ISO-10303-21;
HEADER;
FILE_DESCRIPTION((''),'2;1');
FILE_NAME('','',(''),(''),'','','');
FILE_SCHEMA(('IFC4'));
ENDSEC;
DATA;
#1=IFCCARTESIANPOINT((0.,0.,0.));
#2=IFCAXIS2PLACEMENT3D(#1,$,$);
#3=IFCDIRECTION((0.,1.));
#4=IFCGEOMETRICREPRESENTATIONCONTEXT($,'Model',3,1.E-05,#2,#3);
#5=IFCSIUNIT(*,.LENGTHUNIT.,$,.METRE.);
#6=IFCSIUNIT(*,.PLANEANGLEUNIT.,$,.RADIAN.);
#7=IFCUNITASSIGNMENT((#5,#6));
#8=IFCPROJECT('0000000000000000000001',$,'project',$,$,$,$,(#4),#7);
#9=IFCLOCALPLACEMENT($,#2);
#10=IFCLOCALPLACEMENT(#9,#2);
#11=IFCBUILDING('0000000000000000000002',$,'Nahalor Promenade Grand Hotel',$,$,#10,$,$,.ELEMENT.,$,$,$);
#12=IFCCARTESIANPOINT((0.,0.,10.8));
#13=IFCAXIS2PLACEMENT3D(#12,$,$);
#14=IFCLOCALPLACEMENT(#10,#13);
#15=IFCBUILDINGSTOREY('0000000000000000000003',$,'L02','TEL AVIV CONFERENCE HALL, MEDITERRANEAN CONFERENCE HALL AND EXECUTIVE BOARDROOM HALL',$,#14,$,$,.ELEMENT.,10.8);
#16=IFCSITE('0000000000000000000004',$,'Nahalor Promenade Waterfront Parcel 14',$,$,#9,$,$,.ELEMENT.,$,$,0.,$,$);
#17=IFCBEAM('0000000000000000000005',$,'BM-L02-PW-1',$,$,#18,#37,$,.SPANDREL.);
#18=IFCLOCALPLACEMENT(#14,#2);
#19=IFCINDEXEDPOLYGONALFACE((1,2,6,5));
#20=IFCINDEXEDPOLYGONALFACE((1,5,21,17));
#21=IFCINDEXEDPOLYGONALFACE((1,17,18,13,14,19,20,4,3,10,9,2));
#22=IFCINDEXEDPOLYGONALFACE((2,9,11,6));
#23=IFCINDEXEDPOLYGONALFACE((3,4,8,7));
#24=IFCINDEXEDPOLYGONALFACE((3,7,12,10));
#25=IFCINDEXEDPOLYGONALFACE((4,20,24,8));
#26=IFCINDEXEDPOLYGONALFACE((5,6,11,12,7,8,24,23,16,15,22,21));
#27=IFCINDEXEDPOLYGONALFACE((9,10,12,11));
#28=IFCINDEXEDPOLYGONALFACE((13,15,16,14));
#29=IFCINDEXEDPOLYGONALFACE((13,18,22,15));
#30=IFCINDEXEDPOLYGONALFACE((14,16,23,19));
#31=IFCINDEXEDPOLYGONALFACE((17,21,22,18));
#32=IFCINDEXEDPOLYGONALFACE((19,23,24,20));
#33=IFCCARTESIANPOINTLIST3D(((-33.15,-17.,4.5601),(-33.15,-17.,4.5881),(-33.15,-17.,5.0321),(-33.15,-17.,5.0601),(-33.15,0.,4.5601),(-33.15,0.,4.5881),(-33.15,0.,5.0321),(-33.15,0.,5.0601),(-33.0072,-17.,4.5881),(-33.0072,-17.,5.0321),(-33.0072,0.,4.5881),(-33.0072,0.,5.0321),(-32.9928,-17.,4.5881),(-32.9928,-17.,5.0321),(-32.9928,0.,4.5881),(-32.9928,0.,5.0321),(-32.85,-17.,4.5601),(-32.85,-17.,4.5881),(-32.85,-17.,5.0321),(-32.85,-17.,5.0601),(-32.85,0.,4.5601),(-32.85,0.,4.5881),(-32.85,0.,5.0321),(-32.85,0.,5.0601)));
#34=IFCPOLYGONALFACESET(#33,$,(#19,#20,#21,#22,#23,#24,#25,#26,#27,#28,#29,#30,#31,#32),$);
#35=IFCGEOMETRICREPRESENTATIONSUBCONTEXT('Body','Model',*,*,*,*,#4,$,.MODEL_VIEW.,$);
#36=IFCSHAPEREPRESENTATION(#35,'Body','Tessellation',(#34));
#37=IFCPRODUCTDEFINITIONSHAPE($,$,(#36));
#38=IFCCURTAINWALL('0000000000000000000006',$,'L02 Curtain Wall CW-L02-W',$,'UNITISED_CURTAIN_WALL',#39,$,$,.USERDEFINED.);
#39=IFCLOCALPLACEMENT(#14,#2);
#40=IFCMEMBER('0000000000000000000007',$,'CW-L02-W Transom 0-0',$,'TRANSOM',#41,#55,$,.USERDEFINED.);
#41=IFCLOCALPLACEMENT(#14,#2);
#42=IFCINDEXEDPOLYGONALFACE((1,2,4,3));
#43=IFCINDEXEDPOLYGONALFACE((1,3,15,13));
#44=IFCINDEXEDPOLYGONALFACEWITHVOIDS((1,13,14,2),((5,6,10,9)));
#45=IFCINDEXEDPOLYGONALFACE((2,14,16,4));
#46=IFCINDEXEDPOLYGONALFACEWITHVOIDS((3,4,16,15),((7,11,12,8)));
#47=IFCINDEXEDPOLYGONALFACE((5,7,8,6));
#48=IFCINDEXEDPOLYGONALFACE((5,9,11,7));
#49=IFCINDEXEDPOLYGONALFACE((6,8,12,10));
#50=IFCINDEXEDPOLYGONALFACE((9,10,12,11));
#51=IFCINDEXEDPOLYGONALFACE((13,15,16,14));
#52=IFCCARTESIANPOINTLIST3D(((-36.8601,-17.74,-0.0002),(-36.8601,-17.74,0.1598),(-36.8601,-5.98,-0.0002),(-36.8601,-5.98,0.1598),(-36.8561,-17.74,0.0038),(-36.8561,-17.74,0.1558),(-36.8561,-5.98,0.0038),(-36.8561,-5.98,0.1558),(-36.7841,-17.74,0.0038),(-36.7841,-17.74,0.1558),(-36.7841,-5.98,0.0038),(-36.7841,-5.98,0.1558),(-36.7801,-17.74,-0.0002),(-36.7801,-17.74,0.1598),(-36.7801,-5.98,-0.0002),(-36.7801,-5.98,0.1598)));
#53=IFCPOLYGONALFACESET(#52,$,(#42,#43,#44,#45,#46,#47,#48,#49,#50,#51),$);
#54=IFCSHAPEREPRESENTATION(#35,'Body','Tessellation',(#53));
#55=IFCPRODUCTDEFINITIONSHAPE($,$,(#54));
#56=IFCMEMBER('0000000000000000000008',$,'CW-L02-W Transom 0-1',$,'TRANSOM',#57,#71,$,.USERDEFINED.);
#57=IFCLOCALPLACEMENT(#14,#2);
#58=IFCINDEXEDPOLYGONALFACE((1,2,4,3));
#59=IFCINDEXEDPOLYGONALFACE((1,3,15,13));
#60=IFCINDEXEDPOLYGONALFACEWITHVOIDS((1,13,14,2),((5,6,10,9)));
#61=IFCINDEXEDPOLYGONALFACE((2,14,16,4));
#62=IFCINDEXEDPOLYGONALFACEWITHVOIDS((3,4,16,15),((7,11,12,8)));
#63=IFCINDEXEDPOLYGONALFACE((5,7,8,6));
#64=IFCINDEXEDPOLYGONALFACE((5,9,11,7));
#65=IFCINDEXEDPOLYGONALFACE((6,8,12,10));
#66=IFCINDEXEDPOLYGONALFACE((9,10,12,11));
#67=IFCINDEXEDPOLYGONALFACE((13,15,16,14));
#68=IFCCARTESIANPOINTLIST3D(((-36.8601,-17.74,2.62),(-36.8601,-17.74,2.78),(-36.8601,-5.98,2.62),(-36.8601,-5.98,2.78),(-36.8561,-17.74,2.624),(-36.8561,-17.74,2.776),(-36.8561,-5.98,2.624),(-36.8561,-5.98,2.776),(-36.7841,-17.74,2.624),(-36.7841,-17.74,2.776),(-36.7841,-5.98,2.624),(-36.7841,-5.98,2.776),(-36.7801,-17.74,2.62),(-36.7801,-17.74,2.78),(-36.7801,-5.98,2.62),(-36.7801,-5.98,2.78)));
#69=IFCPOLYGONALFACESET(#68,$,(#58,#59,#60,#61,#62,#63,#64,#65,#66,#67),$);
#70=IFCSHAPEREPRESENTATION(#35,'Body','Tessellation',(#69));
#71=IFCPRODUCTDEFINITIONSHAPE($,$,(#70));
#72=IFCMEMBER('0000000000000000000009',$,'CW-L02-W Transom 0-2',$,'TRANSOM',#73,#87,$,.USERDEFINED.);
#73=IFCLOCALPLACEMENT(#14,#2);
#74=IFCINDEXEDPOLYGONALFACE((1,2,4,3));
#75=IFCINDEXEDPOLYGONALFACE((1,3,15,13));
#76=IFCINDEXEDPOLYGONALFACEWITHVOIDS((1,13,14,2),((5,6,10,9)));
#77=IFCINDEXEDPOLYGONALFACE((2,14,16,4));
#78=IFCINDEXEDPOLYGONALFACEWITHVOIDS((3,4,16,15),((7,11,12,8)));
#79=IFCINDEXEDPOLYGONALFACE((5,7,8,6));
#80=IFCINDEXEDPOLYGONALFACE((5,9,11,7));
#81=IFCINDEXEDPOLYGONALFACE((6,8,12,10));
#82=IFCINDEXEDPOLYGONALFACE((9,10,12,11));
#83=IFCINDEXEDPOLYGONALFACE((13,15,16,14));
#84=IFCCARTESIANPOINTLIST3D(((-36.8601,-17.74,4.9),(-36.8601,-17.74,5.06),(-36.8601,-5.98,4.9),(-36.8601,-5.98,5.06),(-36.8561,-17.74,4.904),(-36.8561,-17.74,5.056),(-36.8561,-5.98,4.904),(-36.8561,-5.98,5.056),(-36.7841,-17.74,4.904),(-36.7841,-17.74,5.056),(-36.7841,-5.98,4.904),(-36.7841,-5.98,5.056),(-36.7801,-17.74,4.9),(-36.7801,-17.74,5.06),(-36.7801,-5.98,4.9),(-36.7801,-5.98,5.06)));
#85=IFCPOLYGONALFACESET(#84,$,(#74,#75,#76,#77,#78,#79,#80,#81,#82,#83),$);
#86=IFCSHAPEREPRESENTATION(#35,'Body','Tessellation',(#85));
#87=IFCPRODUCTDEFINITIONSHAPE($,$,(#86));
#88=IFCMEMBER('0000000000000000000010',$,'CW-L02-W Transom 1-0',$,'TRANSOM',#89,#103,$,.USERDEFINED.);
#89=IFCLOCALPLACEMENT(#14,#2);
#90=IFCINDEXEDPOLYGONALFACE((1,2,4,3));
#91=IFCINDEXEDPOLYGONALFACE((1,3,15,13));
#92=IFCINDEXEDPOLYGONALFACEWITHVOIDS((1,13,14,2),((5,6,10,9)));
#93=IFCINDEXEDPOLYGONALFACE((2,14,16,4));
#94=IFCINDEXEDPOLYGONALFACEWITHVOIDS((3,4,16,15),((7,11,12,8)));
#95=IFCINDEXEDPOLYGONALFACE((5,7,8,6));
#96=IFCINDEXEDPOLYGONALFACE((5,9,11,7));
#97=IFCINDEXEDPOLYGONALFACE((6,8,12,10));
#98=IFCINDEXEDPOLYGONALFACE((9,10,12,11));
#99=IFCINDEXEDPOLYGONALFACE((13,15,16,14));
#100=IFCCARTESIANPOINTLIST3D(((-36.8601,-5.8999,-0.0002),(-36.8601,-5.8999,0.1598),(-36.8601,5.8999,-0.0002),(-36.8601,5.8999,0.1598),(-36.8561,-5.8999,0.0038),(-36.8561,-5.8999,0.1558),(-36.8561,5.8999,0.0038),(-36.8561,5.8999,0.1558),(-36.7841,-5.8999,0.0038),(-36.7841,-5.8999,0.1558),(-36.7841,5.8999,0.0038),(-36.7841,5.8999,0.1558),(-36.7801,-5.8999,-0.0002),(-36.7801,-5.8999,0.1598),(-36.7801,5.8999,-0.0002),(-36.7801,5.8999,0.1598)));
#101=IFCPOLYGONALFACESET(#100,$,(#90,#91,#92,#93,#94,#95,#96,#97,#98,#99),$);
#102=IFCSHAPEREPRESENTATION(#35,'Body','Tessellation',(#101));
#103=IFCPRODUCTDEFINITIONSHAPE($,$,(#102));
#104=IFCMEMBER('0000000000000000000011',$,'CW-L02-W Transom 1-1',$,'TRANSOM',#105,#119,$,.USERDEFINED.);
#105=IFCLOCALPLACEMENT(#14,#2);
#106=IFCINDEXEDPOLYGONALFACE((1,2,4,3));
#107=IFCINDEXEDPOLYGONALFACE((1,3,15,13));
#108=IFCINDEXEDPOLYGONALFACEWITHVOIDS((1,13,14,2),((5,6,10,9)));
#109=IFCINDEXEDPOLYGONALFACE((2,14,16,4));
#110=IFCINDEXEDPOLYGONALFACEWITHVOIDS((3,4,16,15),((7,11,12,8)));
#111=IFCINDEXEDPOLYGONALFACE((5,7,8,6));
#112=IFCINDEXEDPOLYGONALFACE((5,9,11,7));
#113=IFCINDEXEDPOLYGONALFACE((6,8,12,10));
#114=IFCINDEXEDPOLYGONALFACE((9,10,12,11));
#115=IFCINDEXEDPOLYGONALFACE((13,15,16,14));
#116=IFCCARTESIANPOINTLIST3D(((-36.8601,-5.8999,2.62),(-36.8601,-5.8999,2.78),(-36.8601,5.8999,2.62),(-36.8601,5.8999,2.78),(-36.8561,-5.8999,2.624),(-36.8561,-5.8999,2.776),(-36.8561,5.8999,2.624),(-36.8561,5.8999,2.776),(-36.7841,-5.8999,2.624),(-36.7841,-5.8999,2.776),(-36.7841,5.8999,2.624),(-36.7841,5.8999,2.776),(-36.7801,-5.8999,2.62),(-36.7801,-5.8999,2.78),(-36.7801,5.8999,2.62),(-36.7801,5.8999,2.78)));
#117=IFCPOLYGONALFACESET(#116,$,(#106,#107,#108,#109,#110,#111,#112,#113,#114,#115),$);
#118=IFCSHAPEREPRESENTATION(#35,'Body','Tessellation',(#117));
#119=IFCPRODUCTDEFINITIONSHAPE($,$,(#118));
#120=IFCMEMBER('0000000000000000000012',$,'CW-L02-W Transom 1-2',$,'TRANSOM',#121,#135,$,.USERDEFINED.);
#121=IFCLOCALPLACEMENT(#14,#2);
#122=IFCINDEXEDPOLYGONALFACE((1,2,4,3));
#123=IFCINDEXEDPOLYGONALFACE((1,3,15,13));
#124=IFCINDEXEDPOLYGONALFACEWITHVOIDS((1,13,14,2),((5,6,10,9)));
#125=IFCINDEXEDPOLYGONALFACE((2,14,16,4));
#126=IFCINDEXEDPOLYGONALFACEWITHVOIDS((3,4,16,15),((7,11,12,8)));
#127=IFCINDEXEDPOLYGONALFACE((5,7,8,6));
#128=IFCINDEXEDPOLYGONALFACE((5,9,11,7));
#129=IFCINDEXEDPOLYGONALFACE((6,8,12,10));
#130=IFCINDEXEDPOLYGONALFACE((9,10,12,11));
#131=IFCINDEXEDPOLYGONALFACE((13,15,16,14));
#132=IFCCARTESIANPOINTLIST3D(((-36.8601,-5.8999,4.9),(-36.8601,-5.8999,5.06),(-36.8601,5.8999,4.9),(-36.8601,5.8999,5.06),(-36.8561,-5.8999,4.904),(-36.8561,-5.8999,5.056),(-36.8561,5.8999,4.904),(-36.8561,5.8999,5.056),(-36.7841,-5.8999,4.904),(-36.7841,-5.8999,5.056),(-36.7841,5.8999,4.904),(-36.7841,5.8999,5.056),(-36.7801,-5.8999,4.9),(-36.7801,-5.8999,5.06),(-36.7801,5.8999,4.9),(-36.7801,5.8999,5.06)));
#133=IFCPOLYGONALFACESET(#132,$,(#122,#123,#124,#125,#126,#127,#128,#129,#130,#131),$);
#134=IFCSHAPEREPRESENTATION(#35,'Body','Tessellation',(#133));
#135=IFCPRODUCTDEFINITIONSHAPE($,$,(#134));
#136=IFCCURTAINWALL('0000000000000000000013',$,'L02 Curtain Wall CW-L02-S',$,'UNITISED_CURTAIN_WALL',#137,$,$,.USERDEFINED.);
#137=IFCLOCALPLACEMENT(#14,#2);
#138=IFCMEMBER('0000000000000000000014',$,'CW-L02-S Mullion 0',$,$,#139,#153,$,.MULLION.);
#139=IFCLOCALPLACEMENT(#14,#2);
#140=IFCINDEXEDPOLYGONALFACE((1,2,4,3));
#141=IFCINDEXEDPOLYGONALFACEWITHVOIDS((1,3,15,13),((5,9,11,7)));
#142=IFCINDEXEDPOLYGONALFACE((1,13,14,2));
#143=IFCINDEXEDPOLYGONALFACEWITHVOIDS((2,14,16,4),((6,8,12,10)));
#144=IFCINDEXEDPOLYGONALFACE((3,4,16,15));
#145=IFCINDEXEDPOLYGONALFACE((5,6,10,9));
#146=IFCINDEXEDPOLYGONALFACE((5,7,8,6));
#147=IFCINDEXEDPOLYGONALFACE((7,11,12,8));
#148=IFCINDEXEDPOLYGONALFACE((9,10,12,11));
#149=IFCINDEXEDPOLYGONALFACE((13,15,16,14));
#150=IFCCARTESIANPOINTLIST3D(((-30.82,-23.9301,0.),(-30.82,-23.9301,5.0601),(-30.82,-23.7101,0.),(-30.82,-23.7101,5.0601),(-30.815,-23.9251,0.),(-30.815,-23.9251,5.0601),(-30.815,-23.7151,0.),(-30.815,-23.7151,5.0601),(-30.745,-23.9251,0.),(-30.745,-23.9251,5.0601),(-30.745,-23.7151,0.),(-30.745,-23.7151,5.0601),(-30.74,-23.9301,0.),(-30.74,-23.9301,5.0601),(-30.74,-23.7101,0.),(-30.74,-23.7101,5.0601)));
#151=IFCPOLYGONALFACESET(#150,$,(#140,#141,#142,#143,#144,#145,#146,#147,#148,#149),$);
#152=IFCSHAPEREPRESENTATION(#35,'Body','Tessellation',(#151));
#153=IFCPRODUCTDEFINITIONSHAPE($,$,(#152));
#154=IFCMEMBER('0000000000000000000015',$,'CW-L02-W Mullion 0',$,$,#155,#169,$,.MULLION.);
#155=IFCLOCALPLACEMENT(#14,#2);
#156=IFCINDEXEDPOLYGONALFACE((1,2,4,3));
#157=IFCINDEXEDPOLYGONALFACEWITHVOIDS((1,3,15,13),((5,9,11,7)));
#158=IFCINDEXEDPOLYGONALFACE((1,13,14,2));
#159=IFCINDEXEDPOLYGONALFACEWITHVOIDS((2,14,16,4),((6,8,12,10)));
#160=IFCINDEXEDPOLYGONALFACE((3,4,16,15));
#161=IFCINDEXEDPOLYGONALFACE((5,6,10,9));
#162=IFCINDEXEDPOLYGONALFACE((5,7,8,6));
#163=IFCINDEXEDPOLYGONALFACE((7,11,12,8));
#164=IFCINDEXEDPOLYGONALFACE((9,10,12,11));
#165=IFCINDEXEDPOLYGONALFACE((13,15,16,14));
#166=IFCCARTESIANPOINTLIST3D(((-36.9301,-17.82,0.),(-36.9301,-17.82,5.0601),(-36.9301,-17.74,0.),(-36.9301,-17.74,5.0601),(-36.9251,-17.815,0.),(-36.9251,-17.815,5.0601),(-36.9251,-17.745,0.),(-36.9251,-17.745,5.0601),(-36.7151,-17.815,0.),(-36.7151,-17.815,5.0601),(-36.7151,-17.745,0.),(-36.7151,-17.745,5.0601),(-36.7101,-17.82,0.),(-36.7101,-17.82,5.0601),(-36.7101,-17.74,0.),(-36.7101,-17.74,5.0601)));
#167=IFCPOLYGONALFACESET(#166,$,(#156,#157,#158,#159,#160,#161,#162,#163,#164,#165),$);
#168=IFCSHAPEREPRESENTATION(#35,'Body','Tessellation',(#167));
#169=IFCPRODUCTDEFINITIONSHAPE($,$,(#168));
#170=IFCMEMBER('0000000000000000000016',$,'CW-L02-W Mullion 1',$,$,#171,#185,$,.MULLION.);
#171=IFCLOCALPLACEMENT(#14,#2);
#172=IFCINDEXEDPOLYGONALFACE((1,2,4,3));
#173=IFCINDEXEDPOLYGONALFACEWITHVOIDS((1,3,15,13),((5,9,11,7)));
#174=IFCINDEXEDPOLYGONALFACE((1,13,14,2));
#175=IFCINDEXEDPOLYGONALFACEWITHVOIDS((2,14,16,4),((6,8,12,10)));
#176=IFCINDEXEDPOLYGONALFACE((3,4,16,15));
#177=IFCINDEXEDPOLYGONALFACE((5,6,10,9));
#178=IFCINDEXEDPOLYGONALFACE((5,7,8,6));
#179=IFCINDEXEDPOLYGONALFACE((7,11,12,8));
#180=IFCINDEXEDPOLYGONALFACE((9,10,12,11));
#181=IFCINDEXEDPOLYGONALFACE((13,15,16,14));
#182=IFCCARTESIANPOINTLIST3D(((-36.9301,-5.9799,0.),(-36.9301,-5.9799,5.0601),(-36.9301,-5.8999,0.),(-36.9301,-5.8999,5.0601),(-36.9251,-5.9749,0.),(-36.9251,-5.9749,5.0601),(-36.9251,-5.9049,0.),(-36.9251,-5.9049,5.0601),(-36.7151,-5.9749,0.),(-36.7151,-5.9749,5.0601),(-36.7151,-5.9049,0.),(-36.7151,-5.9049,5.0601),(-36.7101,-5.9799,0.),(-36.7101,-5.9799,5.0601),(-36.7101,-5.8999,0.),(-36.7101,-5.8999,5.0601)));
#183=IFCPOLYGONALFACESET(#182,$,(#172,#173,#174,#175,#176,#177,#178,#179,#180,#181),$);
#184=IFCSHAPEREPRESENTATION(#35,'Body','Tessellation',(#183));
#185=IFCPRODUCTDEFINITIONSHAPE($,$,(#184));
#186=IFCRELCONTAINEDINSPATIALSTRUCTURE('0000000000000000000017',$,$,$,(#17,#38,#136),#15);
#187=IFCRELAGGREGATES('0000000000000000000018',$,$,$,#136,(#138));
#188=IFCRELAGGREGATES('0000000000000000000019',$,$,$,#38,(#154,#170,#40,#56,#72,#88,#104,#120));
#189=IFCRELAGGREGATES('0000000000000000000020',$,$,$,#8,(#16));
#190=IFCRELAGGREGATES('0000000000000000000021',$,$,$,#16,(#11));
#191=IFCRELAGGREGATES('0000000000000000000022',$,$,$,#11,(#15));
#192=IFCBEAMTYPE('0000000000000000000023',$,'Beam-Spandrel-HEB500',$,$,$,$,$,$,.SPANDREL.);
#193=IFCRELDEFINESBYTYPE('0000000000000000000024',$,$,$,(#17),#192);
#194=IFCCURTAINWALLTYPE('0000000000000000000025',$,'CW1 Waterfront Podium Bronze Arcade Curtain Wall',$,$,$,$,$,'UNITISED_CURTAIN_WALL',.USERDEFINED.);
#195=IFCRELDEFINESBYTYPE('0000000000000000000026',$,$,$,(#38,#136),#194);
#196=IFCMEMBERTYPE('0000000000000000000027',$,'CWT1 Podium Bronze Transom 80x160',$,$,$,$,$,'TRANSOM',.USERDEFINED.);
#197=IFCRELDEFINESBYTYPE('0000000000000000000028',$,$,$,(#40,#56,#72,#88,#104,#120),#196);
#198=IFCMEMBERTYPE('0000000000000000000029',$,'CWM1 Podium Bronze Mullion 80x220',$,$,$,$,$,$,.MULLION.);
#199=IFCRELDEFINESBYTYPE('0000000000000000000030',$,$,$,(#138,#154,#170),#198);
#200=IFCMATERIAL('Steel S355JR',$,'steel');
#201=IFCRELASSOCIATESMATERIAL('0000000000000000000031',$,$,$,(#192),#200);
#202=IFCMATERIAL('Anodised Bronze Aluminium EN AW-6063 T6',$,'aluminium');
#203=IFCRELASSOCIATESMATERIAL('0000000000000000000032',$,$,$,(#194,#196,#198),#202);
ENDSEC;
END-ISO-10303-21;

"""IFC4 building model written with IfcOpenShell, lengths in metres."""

from ifc_helpers import new_model, si_unit, direction, frame, origin, origin_2d, place, context, subcontext, project, spatial, hollow_rectangle, i_section, extrude, source, transform, mapped, material, material_profile, profile_set, type_object, element, aggregate, save


model = new_model("IFC4")

# Units and contexts
model_context = context("Model", 3, precision=1e-05, world=origin(), true_north=direction((0.0, 1.0)))
body_context = subcontext(model_context, "Body", "Model", "MODEL_VIEW")
ifc_project = project(units=[si_unit("LENGTHUNIT", "METRE"), si_unit("PLANEANGLEUNIT", "RADIAN")], contexts=[model_context])

# Site, building, storey
site_placement = place(None, origin())
site = spatial("IfcSite", under=ifc_project, at=site_placement, Name="Nahalor Promenade Waterfront Parcel 14", CompositionType="ELEMENT", RefElevation=0.0)
building_placement = place(site_placement, origin())
building = spatial("IfcBuilding", under=site, at=building_placement, Name="Nahalor Promenade Grand Hotel", CompositionType="ELEMENT")
storey_placement = place(building_placement, frame((0.0, 0.0, 10.8)))
storey = spatial("IfcBuildingStorey", under=building, at=storey_placement, Name="L02", Description="TEL AVIV CONFERENCE HALL, MEDITERRANEAN CONFERENCE HALL AND EXECUTIVE BOARDROOM HALL", CompositionType="ELEMENT", Elevation=10.8)

# Beam
ifc_material_1 = material(Name="Steel S355JR", Category="steel")
ifc_material_profile_1 = material_profile(ifc_material_1, i_section(OverallWidth=0.3, OverallDepth=0.5, WebThickness=0.0145, FlangeThickness=0.028, at=origin_2d()), Name="HEB 500")
ifc_profile_set_1 = profile_set([ifc_material_profile_1], Name="Steel S355JR")
beam_type_1 = type_object("IfcBeamType", Name="Beam-Spandrel-HEB500", PredefinedType="SPANDREL", material=ifc_profile_set_1)
shared_shape_1 = source(origin(), body_context, "Body", "SweptSolid", [
    extrude(i_section(OverallWidth=0.3, OverallDepth=0.5, WebThickness=0.0145, FlangeThickness=0.028, at=origin_2d()), origin(), (0.0, 0.0, 1.0), 17.0),
])
beam_1_placement = place(storey_placement, frame((-33.0, -17.0, 4.8101), z_axis=(0.0, 1.0, 0.0), x_axis=(-1.0, 0.0, 0.0)))
element("IfcBeam", 1, at=beam_1_placement, inside=storey, type_object=beam_type_1, Name="BM-L02-PW-1", PredefinedType="SPANDREL", context=body_context, shape_type="MappedRepresentation", body=[
    mapped(shared_shape_1, transform((0.0, 0.0, 0.0), scale=1.0)),
])

# Curtain wall, members
ifc_material_2 = material(Name="Anodised Bronze Aluminium EN AW-6063 T6", Category="aluminium")
curtain_wall_type = type_object("IfcCurtainWallType", Name="CW1 Waterfront Podium Bronze Arcade Curtain Wall", ElementType="UNITISED_CURTAIN_WALL", PredefinedType="USERDEFINED", material=ifc_material_2)
curtain_wall_1_placement = place(storey_placement, origin())
curtain_wall_1 = element("IfcCurtainWall", 2, at=curtain_wall_1_placement, inside=storey, type_object=curtain_wall_type, Name="L02 Curtain Wall CW-L02-W", ObjectType="UNITISED_CURTAIN_WALL", PredefinedType="USERDEFINED")
ifc_material_profile_2 = material_profile(ifc_material_2, hollow_rectangle(XDim=0.08, YDim=0.16, WallThickness=0.004, at=origin_2d()), Name="CWT 80x160x4")
ifc_profile_set_2 = profile_set([ifc_material_profile_2], Name="Anodised Bronze Aluminium EN AW-6063 T6")
member_type_1 = type_object("IfcMemberType", Name="CWT1 Podium Bronze Transom 80x160", ElementType="TRANSOM", PredefinedType="USERDEFINED", material=ifc_profile_set_2)
shared_shape_2 = source(origin(), body_context, "Body", "SweptSolid", [
    extrude(hollow_rectangle(XDim=0.08, YDim=0.16, WallThickness=0.004, at=origin_2d()), origin(), (0.0, 0.0, 1.0), 11.76),
])
member_1_placement = place(storey_placement, frame((-36.8201, -17.74, 0.0798), z_axis=(0.0, 1.0, 0.0), x_axis=(-1.0, 0.0, 0.0)))
member_1 = element("IfcMember", 3, at=member_1_placement, type_object=member_type_1, Name="CW-L02-W Transom 0-0", ObjectType="TRANSOM", PredefinedType="USERDEFINED", context=body_context, shape_type="MappedRepresentation", body=[
    mapped(shared_shape_2, transform((0.0, 0.0, 0.0), scale=1.0)),
])
member_2_placement = place(storey_placement, frame((-36.8201, -17.74, 2.7), z_axis=(0.0, 1.0, 0.0), x_axis=(-1.0, 0.0, 0.0)))
member_2 = element("IfcMember", 4, at=member_2_placement, type_object=member_type_1, Name="CW-L02-W Transom 0-1", ObjectType="TRANSOM", PredefinedType="USERDEFINED", context=body_context, shape_type="MappedRepresentation", body=[
    mapped(shared_shape_2, transform((0.0, 0.0, 0.0), scale=1.0)),
])
member_3_placement = place(storey_placement, frame((-36.8201, -17.74, 4.98), z_axis=(0.0, 1.0, 0.0), x_axis=(-1.0, 0.0, 0.0)))
member_3 = element("IfcMember", 5, at=member_3_placement, type_object=member_type_1, Name="CW-L02-W Transom 0-2", ObjectType="TRANSOM", PredefinedType="USERDEFINED", context=body_context, shape_type="MappedRepresentation", body=[
    mapped(shared_shape_2, transform((0.0, 0.0, 0.0), scale=1.0)),
])
shared_shape_3 = source(origin(), body_context, "Body", "SweptSolid", [
    extrude(hollow_rectangle(XDim=0.08, YDim=0.16, WallThickness=0.004, at=origin_2d()), origin(), (0.0, 0.0, 1.0), 11.7998),
])
member_4_placement = place(storey_placement, frame((-36.8201, -5.8999, 0.0798), z_axis=(0.0, 1.0, 0.0), x_axis=(-1.0, 0.0, 0.0)))
member_4 = element("IfcMember", 6, at=member_4_placement, type_object=member_type_1, Name="CW-L02-W Transom 1-0", ObjectType="TRANSOM", PredefinedType="USERDEFINED", context=body_context, shape_type="MappedRepresentation", body=[
    mapped(shared_shape_3, transform((0.0, 0.0, 0.0), scale=1.0)),
])
member_5_placement = place(storey_placement, frame((-36.8201, -5.8999, 2.7), z_axis=(0.0, 1.0, 0.0), x_axis=(-1.0, 0.0, 0.0)))
member_5 = element("IfcMember", 7, at=member_5_placement, type_object=member_type_1, Name="CW-L02-W Transom 1-1", ObjectType="TRANSOM", PredefinedType="USERDEFINED", context=body_context, shape_type="MappedRepresentation", body=[
    mapped(shared_shape_3, transform((0.0, 0.0, 0.0), scale=1.0)),
])
member_6_placement = place(storey_placement, frame((-36.8201, -5.8999, 4.98), z_axis=(0.0, 1.0, 0.0), x_axis=(-1.0, 0.0, 0.0)))
member_6 = element("IfcMember", 8, at=member_6_placement, type_object=member_type_1, Name="CW-L02-W Transom 1-2", ObjectType="TRANSOM", PredefinedType="USERDEFINED", context=body_context, shape_type="MappedRepresentation", body=[
    mapped(shared_shape_3, transform((0.0, 0.0, 0.0), scale=1.0)),
])

# Curtain wall, member
curtain_wall_2_placement = place(storey_placement, origin())
curtain_wall_2 = element("IfcCurtainWall", 9, at=curtain_wall_2_placement, inside=storey, type_object=curtain_wall_type, Name="L02 Curtain Wall CW-L02-S", ObjectType="UNITISED_CURTAIN_WALL", PredefinedType="USERDEFINED")
ifc_material_profile_3 = material_profile(ifc_material_2, hollow_rectangle(XDim=0.08, YDim=0.22, WallThickness=0.005, at=origin_2d()), Name="CWM 80x220x5")
ifc_profile_set_3 = profile_set([ifc_material_profile_3], Name="Anodised Bronze Aluminium EN AW-6063 T6")
member_type_2 = type_object("IfcMemberType", Name="CWM1 Podium Bronze Mullion 80x220", PredefinedType="MULLION", material=ifc_profile_set_3)
shared_shape_4 = source(origin(), body_context, "Body", "SweptSolid", [
    extrude(hollow_rectangle(XDim=0.08, YDim=0.22, WallThickness=0.005, at=origin_2d()), origin(), (0.0, 0.0, 1.0), 5.0601),
])
member_7_placement = place(storey_placement, frame((-30.78, -23.8201, 0.0), z_axis=(0.0, 0.0, 1.0), x_axis=(1.0, 0.0, 0.0)))
member_7 = element("IfcMember", 10, at=member_7_placement, type_object=member_type_2, Name="CW-L02-S Mullion 0", PredefinedType="MULLION", context=body_context, shape_type="MappedRepresentation", body=[
    mapped(shared_shape_4, transform((0.0, 0.0, 0.0), scale=1.0)),
])

# Members
member_8_placement = place(storey_placement, frame((-36.8201, -17.78, 0.0), z_axis=(0.0, 0.0, 1.0), x_axis=(0.0, 1.0, 0.0)))
member_8 = element("IfcMember", 11, at=member_8_placement, type_object=member_type_2, Name="CW-L02-W Mullion 0", PredefinedType="MULLION", context=body_context, shape_type="MappedRepresentation", body=[
    mapped(shared_shape_4, transform((0.0, 0.0, 0.0), scale=1.0)),
])
member_9_placement = place(storey_placement, frame((-36.8201, -5.9399, 0.0), z_axis=(0.0, 0.0, 1.0), x_axis=(0.0, 1.0, 0.0)))
member_9 = element("IfcMember", 12, at=member_9_placement, type_object=member_type_2, Name="CW-L02-W Mullion 1", PredefinedType="MULLION", context=body_context, shape_type="MappedRepresentation", body=[
    mapped(shared_shape_4, transform((0.0, 0.0, 0.0), scale=1.0)),
])

aggregate(curtain_wall_2, [member_7])
aggregate(curtain_wall_1, [member_8, member_9, member_1, member_2, member_3, member_4, member_5, member_6])

save(model, "model.ifc")
